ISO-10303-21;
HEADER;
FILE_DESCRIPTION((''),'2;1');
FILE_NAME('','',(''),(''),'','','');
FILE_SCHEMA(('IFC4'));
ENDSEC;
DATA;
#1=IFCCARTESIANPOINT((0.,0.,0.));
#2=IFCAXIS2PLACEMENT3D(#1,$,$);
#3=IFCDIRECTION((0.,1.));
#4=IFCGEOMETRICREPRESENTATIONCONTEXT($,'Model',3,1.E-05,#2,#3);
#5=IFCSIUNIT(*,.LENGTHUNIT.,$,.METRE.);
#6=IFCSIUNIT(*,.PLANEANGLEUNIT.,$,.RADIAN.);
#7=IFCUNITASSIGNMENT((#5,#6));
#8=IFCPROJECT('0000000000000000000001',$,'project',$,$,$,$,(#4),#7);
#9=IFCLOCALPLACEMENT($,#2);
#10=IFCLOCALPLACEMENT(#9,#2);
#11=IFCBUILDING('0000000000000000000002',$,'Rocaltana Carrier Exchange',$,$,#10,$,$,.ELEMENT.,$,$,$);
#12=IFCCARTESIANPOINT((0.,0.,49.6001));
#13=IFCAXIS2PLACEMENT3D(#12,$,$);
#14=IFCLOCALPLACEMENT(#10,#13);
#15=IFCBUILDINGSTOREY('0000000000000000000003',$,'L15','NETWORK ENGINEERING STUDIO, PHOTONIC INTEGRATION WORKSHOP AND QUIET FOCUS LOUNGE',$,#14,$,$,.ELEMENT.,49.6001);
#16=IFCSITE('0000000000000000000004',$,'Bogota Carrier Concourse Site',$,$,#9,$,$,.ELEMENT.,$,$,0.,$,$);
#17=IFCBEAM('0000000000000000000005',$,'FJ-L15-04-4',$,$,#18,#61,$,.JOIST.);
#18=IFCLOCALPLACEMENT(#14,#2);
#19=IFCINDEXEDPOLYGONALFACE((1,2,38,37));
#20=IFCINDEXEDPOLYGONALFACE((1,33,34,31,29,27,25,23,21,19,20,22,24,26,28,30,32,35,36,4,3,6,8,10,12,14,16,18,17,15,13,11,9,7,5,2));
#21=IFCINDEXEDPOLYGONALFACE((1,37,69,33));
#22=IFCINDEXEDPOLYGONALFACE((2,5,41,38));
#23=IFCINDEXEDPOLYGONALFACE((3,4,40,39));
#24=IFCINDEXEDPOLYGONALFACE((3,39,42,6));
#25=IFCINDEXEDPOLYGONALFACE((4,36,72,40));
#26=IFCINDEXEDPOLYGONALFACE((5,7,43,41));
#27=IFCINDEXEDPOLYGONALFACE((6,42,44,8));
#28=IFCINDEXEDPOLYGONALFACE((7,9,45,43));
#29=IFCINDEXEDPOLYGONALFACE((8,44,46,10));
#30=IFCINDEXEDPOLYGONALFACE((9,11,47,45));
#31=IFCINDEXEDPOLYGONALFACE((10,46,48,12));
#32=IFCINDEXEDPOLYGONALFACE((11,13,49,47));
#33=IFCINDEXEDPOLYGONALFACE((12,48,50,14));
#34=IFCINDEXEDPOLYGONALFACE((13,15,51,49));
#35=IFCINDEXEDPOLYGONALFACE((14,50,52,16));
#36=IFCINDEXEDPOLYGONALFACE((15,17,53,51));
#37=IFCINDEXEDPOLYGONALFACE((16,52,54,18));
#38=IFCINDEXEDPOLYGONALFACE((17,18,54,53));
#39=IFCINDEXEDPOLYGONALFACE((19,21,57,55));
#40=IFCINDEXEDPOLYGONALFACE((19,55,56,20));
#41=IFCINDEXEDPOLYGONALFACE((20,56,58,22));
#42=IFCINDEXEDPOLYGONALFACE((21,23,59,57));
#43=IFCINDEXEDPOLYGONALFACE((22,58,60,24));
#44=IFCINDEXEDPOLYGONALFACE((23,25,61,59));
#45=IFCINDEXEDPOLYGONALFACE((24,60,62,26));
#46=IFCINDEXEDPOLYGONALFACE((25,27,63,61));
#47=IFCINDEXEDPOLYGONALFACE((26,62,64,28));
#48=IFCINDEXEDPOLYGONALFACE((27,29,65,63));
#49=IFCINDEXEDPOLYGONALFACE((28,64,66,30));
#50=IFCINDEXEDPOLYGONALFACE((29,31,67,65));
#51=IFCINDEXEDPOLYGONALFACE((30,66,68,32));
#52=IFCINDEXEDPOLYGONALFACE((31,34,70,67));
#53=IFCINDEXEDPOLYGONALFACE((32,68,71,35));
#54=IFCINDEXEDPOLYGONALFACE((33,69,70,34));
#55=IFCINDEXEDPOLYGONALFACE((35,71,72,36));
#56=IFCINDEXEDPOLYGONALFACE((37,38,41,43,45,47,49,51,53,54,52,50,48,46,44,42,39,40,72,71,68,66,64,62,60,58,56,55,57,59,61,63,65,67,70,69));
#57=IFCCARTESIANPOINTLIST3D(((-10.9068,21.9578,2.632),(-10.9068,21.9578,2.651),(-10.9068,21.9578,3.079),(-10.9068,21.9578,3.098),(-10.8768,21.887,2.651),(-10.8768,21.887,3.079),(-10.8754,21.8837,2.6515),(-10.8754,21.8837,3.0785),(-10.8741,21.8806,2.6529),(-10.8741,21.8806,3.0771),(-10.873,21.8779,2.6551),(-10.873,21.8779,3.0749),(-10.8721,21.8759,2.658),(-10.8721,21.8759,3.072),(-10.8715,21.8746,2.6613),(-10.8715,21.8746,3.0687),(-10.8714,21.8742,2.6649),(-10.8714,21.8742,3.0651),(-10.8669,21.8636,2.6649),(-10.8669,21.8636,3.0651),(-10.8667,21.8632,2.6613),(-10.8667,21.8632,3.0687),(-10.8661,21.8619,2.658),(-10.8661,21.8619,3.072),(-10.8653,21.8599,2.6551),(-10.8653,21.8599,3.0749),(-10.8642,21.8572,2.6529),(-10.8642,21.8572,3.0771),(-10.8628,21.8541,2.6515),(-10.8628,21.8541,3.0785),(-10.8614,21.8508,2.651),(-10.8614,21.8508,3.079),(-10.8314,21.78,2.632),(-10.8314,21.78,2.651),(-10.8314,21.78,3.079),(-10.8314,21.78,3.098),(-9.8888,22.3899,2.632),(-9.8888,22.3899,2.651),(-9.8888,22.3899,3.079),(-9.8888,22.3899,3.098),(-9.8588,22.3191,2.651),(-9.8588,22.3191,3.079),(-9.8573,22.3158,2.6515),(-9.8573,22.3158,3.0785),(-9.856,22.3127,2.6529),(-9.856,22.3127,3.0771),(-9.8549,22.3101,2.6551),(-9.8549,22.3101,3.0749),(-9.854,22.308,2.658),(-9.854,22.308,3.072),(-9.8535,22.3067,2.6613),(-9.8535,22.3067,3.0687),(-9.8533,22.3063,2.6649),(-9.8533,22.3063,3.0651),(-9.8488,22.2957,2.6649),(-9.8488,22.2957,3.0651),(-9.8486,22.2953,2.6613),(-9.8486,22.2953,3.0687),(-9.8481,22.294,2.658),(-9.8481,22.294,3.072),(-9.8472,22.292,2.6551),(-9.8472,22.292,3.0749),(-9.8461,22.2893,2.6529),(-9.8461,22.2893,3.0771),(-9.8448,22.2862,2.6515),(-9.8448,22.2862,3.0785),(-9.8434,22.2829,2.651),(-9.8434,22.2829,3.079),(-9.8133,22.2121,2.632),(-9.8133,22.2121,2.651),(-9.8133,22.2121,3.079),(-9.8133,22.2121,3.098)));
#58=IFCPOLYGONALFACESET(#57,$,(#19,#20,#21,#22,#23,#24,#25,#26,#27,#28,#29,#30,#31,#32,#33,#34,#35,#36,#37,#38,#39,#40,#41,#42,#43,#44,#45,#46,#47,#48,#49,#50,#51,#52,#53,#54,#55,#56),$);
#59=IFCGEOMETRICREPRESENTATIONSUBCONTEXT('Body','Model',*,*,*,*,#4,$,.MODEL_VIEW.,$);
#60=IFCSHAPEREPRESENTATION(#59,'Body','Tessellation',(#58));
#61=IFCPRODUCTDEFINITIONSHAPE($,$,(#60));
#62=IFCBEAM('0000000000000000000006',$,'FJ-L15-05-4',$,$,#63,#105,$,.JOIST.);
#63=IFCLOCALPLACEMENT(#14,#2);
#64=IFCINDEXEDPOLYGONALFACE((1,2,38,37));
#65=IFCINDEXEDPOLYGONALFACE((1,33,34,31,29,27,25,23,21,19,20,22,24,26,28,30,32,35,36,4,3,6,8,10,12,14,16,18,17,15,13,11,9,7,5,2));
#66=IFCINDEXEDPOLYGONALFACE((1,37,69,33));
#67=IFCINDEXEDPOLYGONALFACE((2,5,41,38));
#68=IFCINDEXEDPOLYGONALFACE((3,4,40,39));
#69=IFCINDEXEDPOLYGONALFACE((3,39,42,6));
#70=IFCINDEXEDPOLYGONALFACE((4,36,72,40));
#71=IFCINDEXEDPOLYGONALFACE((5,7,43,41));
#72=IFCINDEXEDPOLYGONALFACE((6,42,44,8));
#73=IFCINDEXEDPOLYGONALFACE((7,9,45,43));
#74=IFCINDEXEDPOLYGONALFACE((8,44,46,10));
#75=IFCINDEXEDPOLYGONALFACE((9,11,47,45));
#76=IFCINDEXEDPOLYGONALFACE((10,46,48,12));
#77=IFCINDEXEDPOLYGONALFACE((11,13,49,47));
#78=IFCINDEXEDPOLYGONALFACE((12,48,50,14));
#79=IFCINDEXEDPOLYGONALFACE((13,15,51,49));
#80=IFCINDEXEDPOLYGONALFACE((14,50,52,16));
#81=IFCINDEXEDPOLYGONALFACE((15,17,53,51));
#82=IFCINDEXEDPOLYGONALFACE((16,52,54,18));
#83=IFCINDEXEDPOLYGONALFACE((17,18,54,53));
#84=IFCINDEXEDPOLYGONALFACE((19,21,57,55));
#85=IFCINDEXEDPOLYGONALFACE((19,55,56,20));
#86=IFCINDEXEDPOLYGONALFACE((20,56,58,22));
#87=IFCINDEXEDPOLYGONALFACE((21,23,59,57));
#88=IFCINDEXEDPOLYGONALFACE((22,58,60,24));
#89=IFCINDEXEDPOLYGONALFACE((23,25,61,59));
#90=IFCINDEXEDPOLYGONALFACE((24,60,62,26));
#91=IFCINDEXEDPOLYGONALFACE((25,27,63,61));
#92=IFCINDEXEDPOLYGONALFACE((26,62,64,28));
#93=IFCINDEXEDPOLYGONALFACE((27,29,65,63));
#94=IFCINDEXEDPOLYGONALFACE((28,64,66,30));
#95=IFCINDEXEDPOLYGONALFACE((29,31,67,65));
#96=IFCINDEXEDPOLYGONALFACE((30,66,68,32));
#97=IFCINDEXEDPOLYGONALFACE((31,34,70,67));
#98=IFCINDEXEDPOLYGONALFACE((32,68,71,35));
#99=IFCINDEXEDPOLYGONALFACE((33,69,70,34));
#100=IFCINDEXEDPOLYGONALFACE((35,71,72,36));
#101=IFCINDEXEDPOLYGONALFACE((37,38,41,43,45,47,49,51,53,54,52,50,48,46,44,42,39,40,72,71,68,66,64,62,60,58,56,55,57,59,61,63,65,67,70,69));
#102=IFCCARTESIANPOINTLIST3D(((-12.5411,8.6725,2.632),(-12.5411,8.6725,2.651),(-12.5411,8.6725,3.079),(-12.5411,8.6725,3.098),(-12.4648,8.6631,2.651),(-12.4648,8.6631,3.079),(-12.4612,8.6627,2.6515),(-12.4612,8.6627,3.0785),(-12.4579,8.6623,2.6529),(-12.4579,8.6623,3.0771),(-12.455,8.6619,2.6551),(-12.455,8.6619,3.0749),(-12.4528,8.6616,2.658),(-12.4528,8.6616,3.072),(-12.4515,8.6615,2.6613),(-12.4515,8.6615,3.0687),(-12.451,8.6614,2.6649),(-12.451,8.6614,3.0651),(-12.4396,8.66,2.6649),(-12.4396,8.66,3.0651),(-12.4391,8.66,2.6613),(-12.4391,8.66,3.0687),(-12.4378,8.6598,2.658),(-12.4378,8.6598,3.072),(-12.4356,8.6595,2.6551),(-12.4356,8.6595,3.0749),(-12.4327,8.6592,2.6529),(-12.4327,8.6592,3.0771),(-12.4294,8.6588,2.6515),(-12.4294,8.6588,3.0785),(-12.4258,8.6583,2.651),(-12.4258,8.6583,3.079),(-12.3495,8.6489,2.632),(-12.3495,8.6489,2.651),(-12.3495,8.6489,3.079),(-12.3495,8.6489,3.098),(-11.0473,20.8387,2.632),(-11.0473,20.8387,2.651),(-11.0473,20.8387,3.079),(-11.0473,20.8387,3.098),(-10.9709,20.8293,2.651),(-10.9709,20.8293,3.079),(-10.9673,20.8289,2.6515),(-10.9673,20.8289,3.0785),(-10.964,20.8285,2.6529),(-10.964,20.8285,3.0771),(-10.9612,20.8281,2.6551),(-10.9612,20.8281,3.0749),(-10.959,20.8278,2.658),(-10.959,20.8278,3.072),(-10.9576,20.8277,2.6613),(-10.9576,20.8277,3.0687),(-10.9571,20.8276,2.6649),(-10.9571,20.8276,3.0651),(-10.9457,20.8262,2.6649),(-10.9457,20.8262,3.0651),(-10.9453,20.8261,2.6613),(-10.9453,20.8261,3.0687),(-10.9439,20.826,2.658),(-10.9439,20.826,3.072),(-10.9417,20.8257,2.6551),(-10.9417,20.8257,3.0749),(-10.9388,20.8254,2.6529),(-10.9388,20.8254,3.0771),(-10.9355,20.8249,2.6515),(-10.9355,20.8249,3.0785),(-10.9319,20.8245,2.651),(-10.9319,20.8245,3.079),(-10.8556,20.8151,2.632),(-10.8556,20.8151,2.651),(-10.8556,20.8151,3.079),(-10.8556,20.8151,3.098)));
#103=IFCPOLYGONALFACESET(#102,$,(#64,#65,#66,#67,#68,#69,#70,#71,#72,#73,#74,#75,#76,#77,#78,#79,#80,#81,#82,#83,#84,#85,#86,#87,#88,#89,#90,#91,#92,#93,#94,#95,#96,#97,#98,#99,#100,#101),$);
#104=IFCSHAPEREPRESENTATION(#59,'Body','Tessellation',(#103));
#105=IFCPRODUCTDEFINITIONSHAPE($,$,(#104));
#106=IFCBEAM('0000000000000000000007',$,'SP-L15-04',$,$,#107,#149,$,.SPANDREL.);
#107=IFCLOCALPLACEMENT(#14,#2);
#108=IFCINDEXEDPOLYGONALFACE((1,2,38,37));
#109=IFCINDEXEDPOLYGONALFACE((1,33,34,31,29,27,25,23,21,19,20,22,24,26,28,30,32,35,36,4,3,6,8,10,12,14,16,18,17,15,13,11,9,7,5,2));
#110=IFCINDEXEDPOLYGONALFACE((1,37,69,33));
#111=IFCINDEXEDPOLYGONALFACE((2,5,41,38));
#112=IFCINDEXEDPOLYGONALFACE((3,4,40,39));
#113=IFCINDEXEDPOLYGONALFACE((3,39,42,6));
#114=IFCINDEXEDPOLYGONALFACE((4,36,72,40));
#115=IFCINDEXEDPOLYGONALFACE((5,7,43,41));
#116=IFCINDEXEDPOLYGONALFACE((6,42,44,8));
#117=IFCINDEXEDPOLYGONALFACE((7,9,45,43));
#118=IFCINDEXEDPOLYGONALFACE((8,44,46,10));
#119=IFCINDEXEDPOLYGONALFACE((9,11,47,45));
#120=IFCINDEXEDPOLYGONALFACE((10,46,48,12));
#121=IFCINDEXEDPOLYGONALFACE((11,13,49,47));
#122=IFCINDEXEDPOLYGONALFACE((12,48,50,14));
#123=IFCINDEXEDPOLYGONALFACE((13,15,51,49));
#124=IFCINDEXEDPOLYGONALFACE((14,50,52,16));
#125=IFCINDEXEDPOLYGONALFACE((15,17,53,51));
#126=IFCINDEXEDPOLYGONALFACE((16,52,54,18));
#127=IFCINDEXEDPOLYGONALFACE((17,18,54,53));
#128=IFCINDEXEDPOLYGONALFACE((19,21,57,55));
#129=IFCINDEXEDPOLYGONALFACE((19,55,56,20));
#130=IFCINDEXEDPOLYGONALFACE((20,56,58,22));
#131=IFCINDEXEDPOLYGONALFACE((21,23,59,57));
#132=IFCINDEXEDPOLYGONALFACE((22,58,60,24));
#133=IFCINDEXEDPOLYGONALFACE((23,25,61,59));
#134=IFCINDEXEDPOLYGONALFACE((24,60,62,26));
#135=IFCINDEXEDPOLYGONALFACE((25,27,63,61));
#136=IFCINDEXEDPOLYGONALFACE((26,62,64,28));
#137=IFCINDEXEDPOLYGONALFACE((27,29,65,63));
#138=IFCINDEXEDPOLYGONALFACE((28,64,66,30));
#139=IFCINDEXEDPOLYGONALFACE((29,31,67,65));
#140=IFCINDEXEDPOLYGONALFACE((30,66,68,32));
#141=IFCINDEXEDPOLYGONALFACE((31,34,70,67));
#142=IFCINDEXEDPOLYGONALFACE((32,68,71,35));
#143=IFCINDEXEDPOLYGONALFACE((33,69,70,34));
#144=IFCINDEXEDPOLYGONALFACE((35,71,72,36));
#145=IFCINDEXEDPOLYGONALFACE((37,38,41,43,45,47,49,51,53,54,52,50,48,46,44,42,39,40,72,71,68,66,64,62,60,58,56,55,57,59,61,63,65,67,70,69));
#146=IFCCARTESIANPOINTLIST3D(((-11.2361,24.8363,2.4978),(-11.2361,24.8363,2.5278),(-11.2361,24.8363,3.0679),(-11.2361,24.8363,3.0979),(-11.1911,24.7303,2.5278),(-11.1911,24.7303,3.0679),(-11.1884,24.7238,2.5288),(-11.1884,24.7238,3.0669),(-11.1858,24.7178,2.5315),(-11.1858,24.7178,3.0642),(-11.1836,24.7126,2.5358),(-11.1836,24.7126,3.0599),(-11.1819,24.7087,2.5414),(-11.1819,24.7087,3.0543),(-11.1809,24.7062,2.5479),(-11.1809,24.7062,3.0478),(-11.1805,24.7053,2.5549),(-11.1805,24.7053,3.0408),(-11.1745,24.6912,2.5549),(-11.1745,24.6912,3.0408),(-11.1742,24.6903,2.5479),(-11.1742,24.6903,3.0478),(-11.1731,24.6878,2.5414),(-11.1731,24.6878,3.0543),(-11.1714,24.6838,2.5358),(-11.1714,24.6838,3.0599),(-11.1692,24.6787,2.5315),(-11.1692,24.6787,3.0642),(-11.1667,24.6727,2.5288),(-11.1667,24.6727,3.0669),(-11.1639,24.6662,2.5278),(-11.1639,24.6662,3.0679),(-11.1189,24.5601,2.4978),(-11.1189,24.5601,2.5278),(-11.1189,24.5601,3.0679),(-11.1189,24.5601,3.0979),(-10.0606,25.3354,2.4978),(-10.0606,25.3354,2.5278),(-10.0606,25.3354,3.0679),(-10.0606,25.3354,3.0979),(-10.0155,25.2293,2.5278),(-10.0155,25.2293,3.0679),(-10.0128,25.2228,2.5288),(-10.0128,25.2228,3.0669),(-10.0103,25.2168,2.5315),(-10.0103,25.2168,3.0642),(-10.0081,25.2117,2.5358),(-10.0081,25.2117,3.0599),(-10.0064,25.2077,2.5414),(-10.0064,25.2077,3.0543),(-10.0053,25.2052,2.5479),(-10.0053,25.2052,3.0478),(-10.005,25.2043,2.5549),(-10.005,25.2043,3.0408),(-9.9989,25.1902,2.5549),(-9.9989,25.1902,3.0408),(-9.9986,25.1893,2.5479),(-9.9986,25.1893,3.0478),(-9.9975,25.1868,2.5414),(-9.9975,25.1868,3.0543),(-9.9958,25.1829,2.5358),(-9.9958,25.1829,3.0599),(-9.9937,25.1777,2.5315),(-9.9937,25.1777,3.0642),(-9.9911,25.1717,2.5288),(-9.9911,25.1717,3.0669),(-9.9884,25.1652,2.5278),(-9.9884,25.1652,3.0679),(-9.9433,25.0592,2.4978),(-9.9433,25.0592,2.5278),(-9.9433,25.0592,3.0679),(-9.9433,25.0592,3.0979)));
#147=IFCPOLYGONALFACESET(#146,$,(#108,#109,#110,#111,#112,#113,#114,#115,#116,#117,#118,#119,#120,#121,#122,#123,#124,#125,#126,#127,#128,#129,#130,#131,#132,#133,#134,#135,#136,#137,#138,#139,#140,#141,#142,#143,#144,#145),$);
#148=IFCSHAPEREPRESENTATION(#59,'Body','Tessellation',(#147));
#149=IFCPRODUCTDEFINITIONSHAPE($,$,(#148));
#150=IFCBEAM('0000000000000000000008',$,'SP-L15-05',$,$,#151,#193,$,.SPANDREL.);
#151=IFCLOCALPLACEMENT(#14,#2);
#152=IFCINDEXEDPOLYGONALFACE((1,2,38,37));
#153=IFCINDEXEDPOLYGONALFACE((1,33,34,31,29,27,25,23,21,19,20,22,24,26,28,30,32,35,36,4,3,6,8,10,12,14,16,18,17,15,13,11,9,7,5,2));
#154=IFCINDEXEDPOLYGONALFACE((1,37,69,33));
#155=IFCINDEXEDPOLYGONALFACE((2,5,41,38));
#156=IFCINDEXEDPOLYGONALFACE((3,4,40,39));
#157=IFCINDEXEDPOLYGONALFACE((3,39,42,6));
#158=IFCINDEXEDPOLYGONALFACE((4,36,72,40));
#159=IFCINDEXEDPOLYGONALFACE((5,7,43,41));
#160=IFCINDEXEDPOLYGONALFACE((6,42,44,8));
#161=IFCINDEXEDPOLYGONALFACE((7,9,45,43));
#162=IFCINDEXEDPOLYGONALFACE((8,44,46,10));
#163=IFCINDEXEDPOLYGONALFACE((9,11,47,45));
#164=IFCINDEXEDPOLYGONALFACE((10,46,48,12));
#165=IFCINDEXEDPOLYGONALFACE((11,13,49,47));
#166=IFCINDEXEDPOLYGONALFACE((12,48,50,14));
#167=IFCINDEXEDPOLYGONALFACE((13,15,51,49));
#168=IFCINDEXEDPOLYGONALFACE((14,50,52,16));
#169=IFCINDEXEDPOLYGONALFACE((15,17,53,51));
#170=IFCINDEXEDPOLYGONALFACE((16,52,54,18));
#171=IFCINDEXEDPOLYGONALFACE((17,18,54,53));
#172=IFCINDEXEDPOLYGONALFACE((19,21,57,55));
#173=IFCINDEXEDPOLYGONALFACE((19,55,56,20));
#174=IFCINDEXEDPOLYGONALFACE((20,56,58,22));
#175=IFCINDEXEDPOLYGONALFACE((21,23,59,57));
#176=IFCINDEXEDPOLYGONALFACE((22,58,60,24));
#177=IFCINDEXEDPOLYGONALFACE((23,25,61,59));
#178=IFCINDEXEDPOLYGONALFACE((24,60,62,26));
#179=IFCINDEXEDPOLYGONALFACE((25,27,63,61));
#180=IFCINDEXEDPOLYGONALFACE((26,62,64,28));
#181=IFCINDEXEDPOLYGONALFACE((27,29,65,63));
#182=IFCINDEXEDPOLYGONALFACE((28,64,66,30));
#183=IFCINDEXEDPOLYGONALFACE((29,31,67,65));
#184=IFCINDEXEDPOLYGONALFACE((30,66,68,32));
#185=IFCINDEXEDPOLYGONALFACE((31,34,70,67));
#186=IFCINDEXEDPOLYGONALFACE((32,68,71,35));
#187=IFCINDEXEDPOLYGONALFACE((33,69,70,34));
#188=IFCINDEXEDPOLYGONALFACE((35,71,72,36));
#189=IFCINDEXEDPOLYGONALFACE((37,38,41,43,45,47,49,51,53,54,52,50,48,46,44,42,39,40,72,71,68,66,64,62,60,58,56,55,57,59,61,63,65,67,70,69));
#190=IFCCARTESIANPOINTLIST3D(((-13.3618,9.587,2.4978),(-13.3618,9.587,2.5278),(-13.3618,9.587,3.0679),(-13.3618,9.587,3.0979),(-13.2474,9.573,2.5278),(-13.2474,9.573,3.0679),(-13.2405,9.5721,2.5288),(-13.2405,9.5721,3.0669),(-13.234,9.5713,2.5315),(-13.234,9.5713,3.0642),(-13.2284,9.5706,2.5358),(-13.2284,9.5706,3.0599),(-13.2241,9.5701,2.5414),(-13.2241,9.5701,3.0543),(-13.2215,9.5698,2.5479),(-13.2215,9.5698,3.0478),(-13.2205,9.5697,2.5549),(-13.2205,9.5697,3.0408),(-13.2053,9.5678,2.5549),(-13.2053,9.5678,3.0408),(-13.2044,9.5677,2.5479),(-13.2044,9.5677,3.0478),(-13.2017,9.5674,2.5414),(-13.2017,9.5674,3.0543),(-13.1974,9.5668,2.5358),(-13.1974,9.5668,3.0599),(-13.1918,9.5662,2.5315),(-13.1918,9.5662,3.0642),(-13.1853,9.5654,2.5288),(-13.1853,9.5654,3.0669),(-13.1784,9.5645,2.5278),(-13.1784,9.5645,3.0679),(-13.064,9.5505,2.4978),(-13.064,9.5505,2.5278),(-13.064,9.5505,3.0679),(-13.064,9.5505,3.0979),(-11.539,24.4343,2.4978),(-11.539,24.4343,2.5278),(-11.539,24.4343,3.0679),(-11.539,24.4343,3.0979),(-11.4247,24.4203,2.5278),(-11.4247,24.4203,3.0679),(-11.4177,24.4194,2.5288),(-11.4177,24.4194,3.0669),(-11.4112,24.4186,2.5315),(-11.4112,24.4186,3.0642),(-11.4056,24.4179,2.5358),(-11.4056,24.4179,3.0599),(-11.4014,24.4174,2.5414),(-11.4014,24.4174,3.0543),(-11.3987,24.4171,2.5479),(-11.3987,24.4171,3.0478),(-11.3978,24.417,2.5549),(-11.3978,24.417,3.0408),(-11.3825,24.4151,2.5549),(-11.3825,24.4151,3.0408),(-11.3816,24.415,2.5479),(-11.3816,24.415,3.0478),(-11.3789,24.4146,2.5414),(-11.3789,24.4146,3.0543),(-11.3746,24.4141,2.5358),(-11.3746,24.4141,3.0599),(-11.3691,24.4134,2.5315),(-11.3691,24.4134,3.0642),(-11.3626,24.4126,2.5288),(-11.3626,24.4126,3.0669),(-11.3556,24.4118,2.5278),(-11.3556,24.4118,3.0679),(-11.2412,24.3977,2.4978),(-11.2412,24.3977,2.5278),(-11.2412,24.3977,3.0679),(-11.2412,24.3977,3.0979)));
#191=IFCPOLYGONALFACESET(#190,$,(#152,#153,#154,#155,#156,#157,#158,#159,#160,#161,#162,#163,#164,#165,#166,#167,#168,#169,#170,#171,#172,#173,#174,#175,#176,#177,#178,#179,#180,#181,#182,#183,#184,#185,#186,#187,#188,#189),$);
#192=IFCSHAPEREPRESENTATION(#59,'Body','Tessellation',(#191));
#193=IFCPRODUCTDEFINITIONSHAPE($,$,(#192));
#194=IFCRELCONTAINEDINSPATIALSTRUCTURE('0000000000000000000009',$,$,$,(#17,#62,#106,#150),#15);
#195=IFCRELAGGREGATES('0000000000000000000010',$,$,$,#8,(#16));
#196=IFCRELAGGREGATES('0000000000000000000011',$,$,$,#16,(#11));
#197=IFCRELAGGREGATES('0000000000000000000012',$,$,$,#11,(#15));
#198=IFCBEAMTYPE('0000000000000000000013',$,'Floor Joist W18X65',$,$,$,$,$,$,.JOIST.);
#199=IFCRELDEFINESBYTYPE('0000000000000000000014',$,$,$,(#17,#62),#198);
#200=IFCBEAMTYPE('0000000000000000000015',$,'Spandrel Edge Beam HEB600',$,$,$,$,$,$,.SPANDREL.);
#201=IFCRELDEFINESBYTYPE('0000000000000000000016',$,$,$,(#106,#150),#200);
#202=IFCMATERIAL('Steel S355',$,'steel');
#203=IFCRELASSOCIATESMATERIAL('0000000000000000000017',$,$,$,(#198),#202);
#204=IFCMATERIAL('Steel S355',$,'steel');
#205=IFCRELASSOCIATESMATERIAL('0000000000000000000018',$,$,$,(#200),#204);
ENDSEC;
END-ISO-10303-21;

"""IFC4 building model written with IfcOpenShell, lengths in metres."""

from ifc_helpers import new_model, si_unit, direction, frame, origin, origin_2d, place, context, subcontext, project, spatial, i_section, extrude, material, material_profile, profile_set, type_object, element, save


model = new_model("IFC4")

# Units and contexts
model_context = context("Model", 3, precision=1e-05, world=origin(), true_north=direction((0.0, 1.0)))
body_context = subcontext(model_context, "Body", "Model", "MODEL_VIEW")
ifc_project = project(units=[si_unit("LENGTHUNIT", "METRE"), si_unit("PLANEANGLEUNIT", "RADIAN")], contexts=[model_context])

# Site, building, storey
site_placement = place(None, origin())
site = spatial("IfcSite", under=ifc_project, at=site_placement, Name="Bogota Carrier Concourse Site", CompositionType="ELEMENT", RefElevation=0.0)
building_placement = place(site_placement, origin())
building = spatial("IfcBuilding", under=site, at=building_placement, Name="Rocaltana Carrier Exchange", CompositionType="ELEMENT")
storey_placement = place(building_placement, frame((0.0, 0.0, 49.6001)))
storey = spatial("IfcBuildingStorey", under=building, at=storey_placement, Name="L15", Description="NETWORK ENGINEERING STUDIO, PHOTONIC INTEGRATION WORKSHOP AND QUIET FOCUS LOUNGE", CompositionType="ELEMENT", Elevation=49.6001)

# Beams
ifc_material_1 = material(Name="Steel S355", Category="steel")
ifc_material_profile_1 = material_profile(ifc_material_1, i_section(OverallWidth=0.1931, OverallDepth=0.4661, WebThickness=0.0115, FlangeThickness=0.019, FilletRadius=0.0139, at=origin_2d()), Name="W18X65")
ifc_profile_set_1 = profile_set([ifc_material_profile_1], Name="Steel S355")
beam_type_1 = type_object("IfcBeamType", Name="Floor Joist W18X65", PredefinedType="JOIST", material=ifc_profile_set_1)
beam_1_placement = place(storey_placement, frame((-9.8511, 22.301, 2.865), z_axis=(-0.92051, -0.39072, 0.0), x_axis=(0.39072, -0.92051, 0.0)))
element("IfcBeam", 1, at=beam_1_placement, inside=storey, type_object=beam_type_1, Name="FJ-L15-04-4", PredefinedType="JOIST", context=body_context, shape_type="SweptSolid", body=[
    extrude(i_section(OverallWidth=0.1931, OverallDepth=0.4661, WebThickness=0.0115, FlangeThickness=0.019, FilletRadius=0.0139, at=origin_2d()), origin(), (0.0, 0.0, 1.0), 1.106),
])
beam_2_placement = place(storey_placement, frame((-10.9514, 20.8269, 2.865), z_axis=(-0.121875, -0.992545, 0.0), x_axis=(0.992545, -0.121875, 0.0)))
element("IfcBeam", 2, at=beam_2_placement, inside=storey, type_object=beam_type_1, Name="FJ-L15-05-4", PredefinedType="JOIST", context=body_context, shape_type="SweptSolid", body=[
    extrude(i_section(OverallWidth=0.1931, OverallDepth=0.4661, WebThickness=0.0115, FlangeThickness=0.019, FilletRadius=0.0139, at=origin_2d()), origin(), (0.0, 0.0, 1.0), 12.2576),
])
ifc_material_2 = material(Name="Steel S355", Category="steel")
ifc_material_profile_2 = material_profile(ifc_material_2, i_section(OverallWidth=0.3, OverallDepth=0.6001, WebThickness=0.0154, FlangeThickness=0.03, FilletRadius=0.0271, at=origin_2d()), Name="HEB600")
ifc_profile_set_2 = profile_set([ifc_material_profile_2], Name="Steel S355")
beam_type_2 = type_object("IfcBeamType", Name="Spandrel Edge Beam HEB600", PredefinedType="SPANDREL", material=ifc_profile_set_2)
beam_3_placement = place(storey_placement, frame((-10.002, 25.1973, 2.7979), z_axis=(-0.920494, -0.390756, 0.0), x_axis=(0.390756, -0.920494, 0.0)))
element("IfcBeam", 3, at=beam_3_placement, inside=storey, type_object=beam_type_2, Name="SP-L15-04", PredefinedType="SPANDREL", context=body_context, shape_type="SweptSolid", body=[
    extrude(i_section(OverallWidth=0.3, OverallDepth=0.6001, WebThickness=0.0154, FlangeThickness=0.03, FilletRadius=0.0271, at=origin_2d()), origin(), (0.0, 0.0, 1.0), 1.2771),
])
beam_4_placement = place(storey_placement, frame((-11.3901, 24.416, 2.7979), z_axis=(-0.121853, -0.992548, 0.0), x_axis=(0.992548, -0.121853, 0.0)))
element("IfcBeam", 4, at=beam_4_placement, inside=storey, type_object=beam_type_2, Name="SP-L15-05", PredefinedType="SPANDREL", context=body_context, shape_type="SweptSolid", body=[
    extrude(i_section(OverallWidth=0.3, OverallDepth=0.6001, WebThickness=0.0154, FlangeThickness=0.03, FilletRadius=0.0271, at=origin_2d()), origin(), (0.0, 0.0, 1.0), 14.9587),
])

save(model, "model.ifc")
